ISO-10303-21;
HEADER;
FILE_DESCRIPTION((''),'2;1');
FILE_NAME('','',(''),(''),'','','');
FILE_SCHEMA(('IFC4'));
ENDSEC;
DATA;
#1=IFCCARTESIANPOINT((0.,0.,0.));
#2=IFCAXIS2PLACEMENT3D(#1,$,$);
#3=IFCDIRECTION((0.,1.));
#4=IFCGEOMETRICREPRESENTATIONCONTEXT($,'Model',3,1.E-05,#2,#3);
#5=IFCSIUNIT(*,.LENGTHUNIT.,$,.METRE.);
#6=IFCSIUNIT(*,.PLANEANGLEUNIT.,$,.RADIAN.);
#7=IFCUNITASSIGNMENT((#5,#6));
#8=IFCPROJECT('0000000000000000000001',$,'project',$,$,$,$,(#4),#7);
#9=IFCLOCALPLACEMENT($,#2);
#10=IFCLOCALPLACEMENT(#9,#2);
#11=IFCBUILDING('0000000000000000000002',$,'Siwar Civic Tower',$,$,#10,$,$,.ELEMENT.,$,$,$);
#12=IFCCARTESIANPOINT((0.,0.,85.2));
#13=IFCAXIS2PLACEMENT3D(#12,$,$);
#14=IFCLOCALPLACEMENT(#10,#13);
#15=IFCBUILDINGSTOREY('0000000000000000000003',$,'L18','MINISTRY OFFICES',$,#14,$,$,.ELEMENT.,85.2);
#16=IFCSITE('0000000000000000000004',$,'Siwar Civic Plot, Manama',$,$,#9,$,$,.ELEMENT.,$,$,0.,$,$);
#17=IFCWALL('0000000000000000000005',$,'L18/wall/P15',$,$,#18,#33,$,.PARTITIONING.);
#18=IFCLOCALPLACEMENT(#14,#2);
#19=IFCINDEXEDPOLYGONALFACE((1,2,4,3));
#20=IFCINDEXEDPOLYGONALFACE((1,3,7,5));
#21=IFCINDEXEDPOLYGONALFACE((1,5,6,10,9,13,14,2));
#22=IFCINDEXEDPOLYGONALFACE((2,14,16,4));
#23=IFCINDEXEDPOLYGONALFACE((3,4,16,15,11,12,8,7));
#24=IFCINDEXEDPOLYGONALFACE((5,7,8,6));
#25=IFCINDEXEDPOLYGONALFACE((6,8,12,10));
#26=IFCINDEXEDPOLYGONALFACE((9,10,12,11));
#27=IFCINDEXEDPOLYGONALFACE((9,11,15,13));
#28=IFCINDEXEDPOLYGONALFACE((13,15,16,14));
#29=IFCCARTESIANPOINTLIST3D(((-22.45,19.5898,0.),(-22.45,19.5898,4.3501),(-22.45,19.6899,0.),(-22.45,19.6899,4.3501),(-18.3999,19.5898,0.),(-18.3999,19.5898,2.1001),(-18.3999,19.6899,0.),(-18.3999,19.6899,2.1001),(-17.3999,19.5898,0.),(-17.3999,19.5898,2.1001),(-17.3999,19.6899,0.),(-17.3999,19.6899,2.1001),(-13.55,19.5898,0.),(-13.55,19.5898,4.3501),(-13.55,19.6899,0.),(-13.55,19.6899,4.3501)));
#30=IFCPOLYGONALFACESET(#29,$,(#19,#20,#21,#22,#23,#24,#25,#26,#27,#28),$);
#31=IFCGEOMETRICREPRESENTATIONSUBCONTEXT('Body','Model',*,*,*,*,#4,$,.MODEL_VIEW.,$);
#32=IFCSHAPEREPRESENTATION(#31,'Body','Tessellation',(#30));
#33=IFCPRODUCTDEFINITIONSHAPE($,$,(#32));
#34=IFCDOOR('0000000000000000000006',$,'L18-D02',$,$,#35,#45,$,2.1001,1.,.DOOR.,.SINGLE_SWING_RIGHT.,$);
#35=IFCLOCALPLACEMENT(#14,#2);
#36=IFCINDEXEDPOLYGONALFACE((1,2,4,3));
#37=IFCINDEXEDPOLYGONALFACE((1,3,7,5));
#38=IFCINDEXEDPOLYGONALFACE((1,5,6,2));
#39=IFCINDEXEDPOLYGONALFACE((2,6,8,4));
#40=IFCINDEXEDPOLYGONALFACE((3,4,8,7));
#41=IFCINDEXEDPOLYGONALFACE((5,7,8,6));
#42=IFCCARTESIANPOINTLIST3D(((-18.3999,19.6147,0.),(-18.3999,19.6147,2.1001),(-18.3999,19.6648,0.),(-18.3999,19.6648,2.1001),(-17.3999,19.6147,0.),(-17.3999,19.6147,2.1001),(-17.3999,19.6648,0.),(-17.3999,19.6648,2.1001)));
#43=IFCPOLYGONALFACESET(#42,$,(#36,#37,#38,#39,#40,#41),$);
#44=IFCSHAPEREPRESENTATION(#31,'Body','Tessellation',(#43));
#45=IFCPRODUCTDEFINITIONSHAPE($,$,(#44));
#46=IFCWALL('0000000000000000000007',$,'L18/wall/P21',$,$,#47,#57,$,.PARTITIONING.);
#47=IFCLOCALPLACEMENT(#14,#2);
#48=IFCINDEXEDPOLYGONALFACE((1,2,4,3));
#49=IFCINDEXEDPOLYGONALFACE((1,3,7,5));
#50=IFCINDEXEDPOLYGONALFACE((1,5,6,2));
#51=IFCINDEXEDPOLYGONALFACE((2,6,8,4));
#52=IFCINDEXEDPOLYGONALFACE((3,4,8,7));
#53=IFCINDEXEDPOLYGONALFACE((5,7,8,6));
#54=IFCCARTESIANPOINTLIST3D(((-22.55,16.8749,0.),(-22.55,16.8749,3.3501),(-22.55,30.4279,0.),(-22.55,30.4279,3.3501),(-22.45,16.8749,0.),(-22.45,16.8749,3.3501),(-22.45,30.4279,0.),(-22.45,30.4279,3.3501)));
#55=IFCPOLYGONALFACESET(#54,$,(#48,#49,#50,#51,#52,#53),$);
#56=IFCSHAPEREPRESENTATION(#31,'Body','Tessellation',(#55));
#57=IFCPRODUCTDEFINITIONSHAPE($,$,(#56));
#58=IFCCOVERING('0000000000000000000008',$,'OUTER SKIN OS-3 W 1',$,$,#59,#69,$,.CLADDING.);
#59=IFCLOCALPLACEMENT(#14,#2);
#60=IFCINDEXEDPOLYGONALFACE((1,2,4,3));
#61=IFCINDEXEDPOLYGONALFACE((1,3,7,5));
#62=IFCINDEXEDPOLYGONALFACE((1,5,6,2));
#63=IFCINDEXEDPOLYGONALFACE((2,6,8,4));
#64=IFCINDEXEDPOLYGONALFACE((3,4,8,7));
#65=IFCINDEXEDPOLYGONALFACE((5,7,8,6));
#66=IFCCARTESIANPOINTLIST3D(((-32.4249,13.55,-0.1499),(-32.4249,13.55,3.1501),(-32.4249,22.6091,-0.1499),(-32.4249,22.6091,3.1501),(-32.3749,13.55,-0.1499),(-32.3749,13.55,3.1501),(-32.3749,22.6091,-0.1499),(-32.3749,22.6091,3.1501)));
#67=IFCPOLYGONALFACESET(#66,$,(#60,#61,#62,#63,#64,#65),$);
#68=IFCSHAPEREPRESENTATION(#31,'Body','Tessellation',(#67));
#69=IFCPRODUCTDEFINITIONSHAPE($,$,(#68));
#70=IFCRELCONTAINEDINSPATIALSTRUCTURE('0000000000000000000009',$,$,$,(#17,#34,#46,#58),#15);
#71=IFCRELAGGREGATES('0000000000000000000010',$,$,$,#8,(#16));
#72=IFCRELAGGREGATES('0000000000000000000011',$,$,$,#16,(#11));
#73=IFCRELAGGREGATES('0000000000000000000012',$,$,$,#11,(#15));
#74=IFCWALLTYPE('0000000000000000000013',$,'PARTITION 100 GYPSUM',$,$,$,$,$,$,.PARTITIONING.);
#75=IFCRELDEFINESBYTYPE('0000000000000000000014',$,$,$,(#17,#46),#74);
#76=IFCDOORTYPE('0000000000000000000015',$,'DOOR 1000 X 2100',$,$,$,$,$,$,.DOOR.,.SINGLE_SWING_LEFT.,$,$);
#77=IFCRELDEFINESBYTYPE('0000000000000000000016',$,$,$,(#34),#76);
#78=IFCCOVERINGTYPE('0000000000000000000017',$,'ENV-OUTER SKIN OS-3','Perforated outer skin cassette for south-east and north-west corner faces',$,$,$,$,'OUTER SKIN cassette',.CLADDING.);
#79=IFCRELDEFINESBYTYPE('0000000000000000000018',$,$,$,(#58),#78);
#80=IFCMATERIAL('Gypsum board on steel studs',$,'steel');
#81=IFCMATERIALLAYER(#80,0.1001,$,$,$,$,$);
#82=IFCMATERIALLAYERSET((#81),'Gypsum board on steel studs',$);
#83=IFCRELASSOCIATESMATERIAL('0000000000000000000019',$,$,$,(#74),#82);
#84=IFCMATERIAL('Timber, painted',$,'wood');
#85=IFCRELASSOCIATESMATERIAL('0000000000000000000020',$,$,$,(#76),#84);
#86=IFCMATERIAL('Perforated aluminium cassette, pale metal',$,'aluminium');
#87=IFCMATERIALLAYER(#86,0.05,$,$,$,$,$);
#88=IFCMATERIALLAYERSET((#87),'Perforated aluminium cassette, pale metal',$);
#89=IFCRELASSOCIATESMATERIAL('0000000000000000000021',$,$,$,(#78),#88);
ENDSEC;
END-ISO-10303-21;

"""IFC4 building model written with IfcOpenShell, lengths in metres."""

from ifc_helpers import new_model, si_unit, direction, frame, frame_2d, origin, origin_2d, place, context, subcontext, project, spatial, rectangle, extrude, material, layer, layer_set, type_object, element, fill, save


model = new_model("IFC4")

# Units and contexts
model_context = context("Model", 3, precision=1e-05, world=origin(), true_north=direction((0.0, 1.0)))
body_context = subcontext(model_context, "Body", "Model", "MODEL_VIEW")
ifc_project = project(units=[si_unit("LENGTHUNIT", "METRE"), si_unit("PLANEANGLEUNIT", "RADIAN")], contexts=[model_context])

# Site, building, storey
site_placement = place(None, origin())
site = spatial("IfcSite", under=ifc_project, at=site_placement, Name="Siwar Civic Plot, Manama", CompositionType="ELEMENT", RefElevation=0.0)
building_placement = place(site_placement, origin())
building = spatial("IfcBuilding", under=site, at=building_placement, Name="Siwar Civic Tower", CompositionType="ELEMENT")
storey_placement = place(building_placement, frame((0.0, 0.0, 85.2)))
storey = spatial("IfcBuildingStorey", under=building, at=storey_placement, Name="L18", Description="MINISTRY OFFICES", CompositionType="ELEMENT", Elevation=85.2)

# Wall, opening, door
ifc_material_1 = material(Name="Gypsum board on steel studs", Category="steel")
ifc_layer_1 = layer(ifc_material_1, 0.1001)
ifc_layer_set_1 = layer_set([ifc_layer_1], Name="Gypsum board on steel studs")
wall_type_1 = type_object("IfcWallType", Name="PARTITION 100 GYPSUM", PredefinedType="PARTITIONING", material=ifc_layer_set_1)
wall_1_placement = place(storey_placement, frame((-22.45, 19.6399, 0.0), z_axis=(0.0, 0.0, 1.0), x_axis=(1.0, 0.0, 0.0)))
wall_1 = element("IfcWall", 1, at=wall_1_placement, inside=storey, type_object=wall_type_1, Name="L18/wall/P15", PredefinedType="PARTITIONING", context=body_context, shape_type="SweptSolid", body=[
    extrude(rectangle(XDim=8.8999, YDim=0.1001, at=frame_2d((4.45, 0.0))), origin(), (0.0, 0.0, 1.0), 4.3501),
])
opening_1_placement = place(wall_1_placement, frame((4.05, 0.0, 0.0)))
opening_1 = element("IfcOpeningElement", 2, at=opening_1_placement, cuts=wall_1, PredefinedType="OPENING", context=body_context, shape_type="SweptSolid", body=[
    extrude(rectangle(XDim=1.0, YDim=2.1001, at=frame_2d((0.5, 1.05))), frame((0.0, 0.0601, 0.0), z_axis=(0.0, -1.0, 0.0), x_axis=(1.0, 0.0, 0.0)), (0.0, 0.0, 1.0), 0.1201),
])
ifc_material_2 = material(Name="Timber, painted", Category="wood")
door_type_1 = type_object("IfcDoorType", Name="DOOR 1000 X 2100", OperationType="SINGLE_SWING_LEFT", PredefinedType="DOOR", material=ifc_material_2)
door_1_placement = place(opening_1_placement, origin())
door_1 = element("IfcDoor", 3, at=door_1_placement, inside=storey, type_object=door_type_1, Name="L18-D02", OperationType="SINGLE_SWING_RIGHT", OverallHeight=2.1001, OverallWidth=1.0, PredefinedType="DOOR", context=body_context, shape_type="SweptSolid", body=[
    extrude(rectangle(XDim=1.0, YDim=2.1001, at=frame_2d((0.5, 1.05))), frame((0.0, 0.0249, 0.0), z_axis=(0.0, -1.0, 0.0), x_axis=(1.0, 0.0, 0.0)), (0.0, 0.0, 1.0), 0.05),
])
fill(opening_1, door_1)

# Wall
wall_2_placement = place(storey_placement, frame((-22.5, 16.875, 0.0), z_axis=(0.0, 0.0, 1.0), x_axis=(0.0, 1.0, 0.0)))
element("IfcWall", 4, at=wall_2_placement, inside=storey, type_object=wall_type_1, Name="L18/wall/P21", PredefinedType="PARTITIONING", context=body_context, shape_type="SweptSolid", body=[
    extrude(rectangle(XDim=13.553, YDim=0.1001, at=frame_2d((6.7764, 0.0))), origin(), (0.0, 0.0, 1.0), 3.3501),
])

# Covering
ifc_material_3 = material(Name="Perforated aluminium cassette, pale metal", Category="aluminium")
ifc_layer_2 = layer(ifc_material_3, 0.05)
ifc_layer_set_2 = layer_set([ifc_layer_2], Name="Perforated aluminium cassette, pale metal")
covering_type = type_object("IfcCoveringType", Name="ENV-OUTER SKIN OS-3", Description="Perforated outer skin cassette for south-east and north-west corner faces", ElementType="OUTER SKIN cassette", PredefinedType="CLADDING", material=ifc_layer_set_2)
covering_placement = place(storey_placement, frame((-32.3999, 18.0796, -0.1499), z_axis=(0.0, 0.0, 1.0), x_axis=(0.0, -1.0, 0.0)))
element("IfcCovering", 5, at=covering_placement, inside=storey, type_object=covering_type, Name="OUTER SKIN OS-3 W 1", PredefinedType="CLADDING", context=body_context, shape_type="SweptSolid", body=[
    extrude(rectangle(XDim=9.0591, YDim=0.05, at=origin_2d()), origin(), (0.0, 0.0, 1.0), 3.3),
])

save(model, "model.ifc")
